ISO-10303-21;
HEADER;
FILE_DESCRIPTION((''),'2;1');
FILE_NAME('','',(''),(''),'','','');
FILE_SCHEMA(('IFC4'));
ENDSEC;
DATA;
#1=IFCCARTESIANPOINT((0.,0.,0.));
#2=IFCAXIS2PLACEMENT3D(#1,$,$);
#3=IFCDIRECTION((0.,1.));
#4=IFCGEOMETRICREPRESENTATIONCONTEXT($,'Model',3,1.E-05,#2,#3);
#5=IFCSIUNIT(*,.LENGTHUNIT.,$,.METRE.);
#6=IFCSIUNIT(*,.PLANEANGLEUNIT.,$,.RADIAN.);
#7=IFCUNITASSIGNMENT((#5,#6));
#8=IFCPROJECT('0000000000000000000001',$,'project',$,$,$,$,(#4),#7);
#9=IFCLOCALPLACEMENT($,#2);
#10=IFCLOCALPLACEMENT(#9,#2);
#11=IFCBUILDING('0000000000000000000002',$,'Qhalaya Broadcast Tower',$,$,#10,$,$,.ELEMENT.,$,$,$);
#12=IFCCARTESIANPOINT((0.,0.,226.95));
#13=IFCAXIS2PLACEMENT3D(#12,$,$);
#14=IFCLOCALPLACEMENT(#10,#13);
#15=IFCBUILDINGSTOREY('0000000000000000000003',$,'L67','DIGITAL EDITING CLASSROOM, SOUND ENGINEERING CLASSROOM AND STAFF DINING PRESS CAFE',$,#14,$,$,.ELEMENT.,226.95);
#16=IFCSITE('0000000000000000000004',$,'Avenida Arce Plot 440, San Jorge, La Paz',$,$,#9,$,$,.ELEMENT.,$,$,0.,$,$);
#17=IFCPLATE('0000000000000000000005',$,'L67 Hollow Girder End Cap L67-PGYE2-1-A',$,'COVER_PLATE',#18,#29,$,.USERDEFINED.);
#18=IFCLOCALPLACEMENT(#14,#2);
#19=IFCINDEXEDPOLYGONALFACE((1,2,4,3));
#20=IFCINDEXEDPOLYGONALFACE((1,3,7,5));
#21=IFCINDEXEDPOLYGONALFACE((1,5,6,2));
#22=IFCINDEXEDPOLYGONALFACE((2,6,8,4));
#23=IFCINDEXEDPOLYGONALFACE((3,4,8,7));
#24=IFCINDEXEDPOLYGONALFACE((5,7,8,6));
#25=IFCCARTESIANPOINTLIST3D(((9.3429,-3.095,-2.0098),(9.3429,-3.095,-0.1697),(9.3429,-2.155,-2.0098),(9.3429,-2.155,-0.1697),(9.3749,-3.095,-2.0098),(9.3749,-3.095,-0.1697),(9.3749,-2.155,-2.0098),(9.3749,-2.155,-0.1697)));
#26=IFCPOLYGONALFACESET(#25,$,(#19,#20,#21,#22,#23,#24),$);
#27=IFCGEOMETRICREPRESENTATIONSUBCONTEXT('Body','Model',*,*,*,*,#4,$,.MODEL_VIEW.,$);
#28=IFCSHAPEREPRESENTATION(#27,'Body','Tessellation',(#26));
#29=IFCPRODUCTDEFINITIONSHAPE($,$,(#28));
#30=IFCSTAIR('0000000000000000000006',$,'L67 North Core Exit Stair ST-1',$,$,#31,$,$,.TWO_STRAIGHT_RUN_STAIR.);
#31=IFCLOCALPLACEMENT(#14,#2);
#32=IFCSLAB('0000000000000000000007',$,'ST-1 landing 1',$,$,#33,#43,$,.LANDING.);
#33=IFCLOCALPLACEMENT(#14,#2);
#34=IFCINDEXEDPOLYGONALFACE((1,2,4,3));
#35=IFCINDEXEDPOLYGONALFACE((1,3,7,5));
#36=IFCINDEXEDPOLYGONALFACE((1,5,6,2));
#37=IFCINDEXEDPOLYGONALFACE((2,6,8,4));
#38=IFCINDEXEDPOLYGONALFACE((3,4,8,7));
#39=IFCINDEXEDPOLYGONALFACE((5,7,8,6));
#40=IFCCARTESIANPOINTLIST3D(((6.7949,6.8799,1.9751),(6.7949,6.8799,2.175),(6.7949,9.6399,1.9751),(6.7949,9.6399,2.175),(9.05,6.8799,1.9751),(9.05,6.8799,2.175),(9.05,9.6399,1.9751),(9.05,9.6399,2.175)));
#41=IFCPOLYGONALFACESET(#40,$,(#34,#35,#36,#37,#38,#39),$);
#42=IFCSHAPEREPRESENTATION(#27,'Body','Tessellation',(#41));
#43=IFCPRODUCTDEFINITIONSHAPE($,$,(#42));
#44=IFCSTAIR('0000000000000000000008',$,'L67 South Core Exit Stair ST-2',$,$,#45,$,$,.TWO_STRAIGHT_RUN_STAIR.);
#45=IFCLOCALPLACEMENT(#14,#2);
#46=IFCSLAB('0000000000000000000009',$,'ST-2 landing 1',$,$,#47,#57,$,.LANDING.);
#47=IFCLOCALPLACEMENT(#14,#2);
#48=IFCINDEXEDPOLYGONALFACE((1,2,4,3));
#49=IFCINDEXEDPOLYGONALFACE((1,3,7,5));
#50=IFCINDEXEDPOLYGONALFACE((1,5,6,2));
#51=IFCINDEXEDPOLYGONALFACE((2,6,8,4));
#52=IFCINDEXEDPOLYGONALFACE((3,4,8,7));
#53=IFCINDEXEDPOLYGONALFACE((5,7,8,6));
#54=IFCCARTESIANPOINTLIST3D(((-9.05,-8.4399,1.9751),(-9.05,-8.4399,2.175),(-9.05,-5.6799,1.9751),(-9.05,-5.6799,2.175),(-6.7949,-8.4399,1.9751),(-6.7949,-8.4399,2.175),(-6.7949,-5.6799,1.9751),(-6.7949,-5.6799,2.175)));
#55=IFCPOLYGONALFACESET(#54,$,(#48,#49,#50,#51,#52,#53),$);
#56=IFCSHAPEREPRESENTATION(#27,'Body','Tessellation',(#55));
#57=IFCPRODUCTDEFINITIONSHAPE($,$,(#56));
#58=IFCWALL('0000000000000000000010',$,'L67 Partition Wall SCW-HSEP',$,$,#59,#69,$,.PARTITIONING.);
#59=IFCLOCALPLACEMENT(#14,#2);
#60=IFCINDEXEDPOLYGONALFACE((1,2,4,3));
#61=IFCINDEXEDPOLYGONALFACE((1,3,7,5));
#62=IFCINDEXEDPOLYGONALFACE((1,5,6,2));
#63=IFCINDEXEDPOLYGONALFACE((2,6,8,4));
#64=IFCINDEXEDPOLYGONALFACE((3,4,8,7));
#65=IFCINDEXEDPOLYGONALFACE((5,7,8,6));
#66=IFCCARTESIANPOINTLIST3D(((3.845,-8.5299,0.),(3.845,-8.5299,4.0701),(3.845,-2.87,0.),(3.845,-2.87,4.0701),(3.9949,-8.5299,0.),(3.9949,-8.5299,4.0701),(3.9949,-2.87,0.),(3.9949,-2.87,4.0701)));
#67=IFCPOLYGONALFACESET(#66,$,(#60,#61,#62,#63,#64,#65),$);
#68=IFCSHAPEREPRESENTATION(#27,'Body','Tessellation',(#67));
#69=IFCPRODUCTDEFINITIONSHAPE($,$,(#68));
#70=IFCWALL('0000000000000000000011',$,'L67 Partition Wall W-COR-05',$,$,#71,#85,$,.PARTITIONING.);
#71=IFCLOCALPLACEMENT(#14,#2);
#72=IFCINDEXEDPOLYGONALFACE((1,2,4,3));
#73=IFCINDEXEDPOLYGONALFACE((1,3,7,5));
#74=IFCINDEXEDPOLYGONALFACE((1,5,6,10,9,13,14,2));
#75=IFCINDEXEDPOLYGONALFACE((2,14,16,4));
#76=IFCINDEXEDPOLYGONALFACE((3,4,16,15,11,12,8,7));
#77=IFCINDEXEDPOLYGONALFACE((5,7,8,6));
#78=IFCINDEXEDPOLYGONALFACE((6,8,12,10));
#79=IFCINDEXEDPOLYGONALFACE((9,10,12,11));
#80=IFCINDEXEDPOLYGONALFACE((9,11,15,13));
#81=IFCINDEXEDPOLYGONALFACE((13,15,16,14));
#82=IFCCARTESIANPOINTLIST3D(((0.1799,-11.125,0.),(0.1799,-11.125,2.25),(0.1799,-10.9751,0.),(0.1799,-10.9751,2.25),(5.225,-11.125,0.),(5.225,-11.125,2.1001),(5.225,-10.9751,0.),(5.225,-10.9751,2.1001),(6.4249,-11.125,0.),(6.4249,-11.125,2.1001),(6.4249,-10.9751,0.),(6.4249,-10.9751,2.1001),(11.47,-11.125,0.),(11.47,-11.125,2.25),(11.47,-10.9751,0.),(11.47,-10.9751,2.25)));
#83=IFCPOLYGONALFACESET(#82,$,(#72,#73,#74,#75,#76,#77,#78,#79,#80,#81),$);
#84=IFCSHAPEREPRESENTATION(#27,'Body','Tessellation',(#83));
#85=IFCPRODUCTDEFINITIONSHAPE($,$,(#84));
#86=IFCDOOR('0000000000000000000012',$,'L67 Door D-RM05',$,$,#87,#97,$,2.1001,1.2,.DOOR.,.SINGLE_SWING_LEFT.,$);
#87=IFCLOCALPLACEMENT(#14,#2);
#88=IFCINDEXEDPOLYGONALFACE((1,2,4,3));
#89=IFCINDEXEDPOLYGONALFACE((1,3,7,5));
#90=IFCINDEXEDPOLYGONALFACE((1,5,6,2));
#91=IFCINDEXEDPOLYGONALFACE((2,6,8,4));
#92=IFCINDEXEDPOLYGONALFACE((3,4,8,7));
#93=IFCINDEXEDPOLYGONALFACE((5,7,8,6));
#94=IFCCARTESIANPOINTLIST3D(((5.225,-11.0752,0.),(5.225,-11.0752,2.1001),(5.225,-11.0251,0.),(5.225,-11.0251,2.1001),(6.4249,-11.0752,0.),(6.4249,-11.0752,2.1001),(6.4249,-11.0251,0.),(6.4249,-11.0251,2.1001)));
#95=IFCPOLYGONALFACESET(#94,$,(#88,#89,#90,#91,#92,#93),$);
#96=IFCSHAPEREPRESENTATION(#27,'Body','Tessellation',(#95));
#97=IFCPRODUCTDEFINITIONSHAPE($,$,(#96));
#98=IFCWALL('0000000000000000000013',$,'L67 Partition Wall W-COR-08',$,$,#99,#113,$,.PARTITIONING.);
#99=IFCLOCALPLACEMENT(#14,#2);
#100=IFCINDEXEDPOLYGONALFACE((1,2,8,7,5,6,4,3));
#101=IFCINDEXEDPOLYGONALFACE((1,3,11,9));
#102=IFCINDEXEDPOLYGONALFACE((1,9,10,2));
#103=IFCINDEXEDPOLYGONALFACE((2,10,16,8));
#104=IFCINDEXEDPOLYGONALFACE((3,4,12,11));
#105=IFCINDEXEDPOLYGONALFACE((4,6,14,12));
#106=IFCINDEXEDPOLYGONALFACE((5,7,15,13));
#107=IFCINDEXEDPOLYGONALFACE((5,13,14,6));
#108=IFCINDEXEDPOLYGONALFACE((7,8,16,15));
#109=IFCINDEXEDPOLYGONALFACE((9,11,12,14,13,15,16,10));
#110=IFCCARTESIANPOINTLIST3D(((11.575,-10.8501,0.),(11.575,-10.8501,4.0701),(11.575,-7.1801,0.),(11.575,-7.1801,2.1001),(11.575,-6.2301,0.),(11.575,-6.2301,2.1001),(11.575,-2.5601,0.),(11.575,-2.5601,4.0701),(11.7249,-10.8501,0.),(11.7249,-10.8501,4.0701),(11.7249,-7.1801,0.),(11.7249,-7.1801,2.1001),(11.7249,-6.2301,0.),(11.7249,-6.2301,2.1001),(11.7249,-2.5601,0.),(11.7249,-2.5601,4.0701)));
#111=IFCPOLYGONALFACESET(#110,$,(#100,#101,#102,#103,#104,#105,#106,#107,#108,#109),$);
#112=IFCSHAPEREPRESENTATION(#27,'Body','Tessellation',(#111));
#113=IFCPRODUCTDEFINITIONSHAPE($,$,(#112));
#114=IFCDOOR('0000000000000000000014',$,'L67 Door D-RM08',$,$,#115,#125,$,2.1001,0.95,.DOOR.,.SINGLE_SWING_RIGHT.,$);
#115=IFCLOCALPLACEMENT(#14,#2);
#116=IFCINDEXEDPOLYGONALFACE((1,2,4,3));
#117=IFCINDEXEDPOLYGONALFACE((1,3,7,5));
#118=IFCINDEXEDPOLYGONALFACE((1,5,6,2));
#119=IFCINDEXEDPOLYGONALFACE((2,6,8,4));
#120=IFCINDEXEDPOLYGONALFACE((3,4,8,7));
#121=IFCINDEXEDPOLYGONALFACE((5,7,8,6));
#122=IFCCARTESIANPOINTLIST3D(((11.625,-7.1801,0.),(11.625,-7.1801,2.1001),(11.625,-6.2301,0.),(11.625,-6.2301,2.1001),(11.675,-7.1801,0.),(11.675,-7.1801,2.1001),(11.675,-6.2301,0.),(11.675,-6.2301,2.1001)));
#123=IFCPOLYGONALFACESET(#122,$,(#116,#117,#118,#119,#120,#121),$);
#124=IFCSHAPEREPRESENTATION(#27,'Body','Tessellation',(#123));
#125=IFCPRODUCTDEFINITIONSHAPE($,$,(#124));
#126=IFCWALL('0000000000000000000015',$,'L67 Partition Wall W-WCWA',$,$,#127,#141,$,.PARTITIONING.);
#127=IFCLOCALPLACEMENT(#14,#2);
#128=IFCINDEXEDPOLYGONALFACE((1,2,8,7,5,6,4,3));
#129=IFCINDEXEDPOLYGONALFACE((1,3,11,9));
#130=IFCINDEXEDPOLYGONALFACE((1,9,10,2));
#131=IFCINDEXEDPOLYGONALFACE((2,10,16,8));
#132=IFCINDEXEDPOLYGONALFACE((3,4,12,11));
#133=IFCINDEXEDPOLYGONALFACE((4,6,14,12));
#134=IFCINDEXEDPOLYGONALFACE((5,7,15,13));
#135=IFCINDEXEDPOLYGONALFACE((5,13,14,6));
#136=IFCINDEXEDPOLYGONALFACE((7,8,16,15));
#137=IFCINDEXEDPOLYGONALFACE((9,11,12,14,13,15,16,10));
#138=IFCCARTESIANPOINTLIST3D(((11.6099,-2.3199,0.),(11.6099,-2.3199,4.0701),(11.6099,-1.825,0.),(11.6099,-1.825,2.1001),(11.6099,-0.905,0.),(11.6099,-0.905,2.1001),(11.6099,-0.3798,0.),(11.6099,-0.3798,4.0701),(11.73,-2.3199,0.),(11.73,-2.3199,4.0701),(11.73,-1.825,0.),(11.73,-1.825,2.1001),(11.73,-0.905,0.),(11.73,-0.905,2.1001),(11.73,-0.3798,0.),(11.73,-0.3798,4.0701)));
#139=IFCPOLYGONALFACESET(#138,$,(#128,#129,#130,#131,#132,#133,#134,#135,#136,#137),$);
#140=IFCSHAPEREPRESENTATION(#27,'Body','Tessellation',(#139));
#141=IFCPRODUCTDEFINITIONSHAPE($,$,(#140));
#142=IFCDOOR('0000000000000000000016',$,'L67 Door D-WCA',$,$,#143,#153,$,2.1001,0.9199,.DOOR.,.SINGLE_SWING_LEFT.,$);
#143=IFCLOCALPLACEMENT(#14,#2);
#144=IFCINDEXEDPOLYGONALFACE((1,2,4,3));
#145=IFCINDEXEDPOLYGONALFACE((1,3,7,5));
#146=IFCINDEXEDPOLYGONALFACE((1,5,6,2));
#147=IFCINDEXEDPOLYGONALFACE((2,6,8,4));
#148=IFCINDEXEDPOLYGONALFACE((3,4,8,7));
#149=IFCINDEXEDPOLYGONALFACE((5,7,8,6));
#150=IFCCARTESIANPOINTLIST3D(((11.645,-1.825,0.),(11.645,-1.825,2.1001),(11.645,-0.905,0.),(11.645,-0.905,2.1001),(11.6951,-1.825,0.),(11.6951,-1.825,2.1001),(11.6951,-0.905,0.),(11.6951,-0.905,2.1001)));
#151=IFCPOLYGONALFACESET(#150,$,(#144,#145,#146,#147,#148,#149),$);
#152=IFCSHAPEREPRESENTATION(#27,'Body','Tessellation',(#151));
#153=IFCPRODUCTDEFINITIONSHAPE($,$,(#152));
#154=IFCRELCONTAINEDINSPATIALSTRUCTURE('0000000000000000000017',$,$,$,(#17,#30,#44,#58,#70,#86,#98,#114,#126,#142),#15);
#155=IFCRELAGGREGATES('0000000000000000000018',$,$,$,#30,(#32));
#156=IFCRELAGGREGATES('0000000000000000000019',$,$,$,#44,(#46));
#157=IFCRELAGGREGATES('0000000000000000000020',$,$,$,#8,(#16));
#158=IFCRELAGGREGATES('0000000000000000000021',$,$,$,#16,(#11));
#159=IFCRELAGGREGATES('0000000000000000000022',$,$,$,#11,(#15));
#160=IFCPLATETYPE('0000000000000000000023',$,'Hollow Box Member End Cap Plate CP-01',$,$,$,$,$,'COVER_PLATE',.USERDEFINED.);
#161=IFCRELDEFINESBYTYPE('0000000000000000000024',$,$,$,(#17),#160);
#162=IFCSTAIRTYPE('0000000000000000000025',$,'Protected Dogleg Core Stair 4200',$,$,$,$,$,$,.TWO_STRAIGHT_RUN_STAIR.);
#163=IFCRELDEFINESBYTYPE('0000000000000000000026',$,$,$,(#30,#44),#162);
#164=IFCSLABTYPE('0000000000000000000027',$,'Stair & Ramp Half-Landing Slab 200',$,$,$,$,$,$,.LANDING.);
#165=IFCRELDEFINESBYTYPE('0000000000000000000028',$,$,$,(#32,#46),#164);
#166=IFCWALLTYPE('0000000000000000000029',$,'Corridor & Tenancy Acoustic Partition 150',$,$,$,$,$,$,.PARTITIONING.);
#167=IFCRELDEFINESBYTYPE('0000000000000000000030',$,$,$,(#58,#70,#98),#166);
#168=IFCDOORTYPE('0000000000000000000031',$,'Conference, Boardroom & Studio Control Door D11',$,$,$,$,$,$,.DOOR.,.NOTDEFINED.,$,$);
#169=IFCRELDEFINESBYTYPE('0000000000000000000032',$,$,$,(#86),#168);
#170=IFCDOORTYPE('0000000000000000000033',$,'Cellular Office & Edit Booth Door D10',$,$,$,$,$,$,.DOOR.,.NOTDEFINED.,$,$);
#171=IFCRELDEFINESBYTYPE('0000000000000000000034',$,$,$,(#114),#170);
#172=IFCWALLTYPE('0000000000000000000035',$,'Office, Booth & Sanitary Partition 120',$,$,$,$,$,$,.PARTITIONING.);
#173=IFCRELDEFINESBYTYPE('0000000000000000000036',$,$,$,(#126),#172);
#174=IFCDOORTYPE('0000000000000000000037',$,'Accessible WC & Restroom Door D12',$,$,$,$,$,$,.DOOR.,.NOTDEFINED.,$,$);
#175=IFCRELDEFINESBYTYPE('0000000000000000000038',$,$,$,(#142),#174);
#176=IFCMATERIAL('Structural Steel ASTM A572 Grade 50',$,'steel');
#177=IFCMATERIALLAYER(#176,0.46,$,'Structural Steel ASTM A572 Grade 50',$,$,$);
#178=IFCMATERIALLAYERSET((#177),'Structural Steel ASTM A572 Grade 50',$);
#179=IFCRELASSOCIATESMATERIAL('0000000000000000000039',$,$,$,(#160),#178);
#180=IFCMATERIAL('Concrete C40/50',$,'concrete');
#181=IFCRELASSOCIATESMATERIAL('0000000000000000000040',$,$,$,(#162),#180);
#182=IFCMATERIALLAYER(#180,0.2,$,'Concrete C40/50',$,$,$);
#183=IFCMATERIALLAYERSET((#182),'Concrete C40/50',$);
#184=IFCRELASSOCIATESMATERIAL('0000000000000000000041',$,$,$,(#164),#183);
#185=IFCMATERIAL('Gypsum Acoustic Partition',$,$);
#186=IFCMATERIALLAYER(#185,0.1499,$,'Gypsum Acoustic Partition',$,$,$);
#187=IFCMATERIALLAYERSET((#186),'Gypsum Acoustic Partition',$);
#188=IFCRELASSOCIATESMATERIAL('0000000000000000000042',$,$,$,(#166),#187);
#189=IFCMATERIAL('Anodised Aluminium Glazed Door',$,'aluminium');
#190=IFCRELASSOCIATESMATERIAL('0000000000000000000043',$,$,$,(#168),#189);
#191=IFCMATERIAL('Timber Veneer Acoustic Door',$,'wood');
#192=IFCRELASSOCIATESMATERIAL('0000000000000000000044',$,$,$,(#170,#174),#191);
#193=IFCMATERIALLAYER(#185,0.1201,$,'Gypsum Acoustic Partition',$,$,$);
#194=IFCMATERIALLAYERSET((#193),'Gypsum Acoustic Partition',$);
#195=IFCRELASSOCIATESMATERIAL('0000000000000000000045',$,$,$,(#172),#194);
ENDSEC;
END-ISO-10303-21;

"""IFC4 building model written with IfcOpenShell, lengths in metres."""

from ifc_helpers import new_model, si_unit, direction, frame, frame_2d, origin, origin_2d, place, context, subcontext, project, spatial, polyline, rectangle, outline, extrude, material, layer, layer_set, type_object, element, fill, aggregate, save


model = new_model("IFC4")

# Units and contexts
model_context = context("Model", 3, precision=1e-05, world=origin(), true_north=direction((0.0, 1.0)))
body_context = subcontext(model_context, "Body", "Model", "MODEL_VIEW")
ifc_project = project(units=[si_unit("LENGTHUNIT", "METRE"), si_unit("PLANEANGLEUNIT", "RADIAN")], contexts=[model_context])

# Site, building, storey
site_placement = place(None, origin())
site = spatial("IfcSite", under=ifc_project, at=site_placement, Name="Avenida Arce Plot 440, San Jorge, La Paz", CompositionType="ELEMENT", RefElevation=0.0)
building_placement = place(site_placement, origin())
building = spatial("IfcBuilding", under=site, at=building_placement, Name="Qhalaya Broadcast Tower", CompositionType="ELEMENT")
storey_placement = place(building_placement, frame((0.0, 0.0, 226.95)))
storey = spatial("IfcBuildingStorey", under=building, at=storey_placement, Name="L67", Description="DIGITAL EDITING CLASSROOM, SOUND ENGINEERING CLASSROOM AND STAFF DINING PRESS CAFE", CompositionType="ELEMENT", Elevation=226.95)

# Shared definitions
ifc_material_1 = material(Name="Structural Steel ASTM A572 Grade 50", Category="steel")

# Plate
ifc_layer_1 = layer(ifc_material_1, 0.46, Name="Structural Steel ASTM A572 Grade 50")
ifc_layer_set_1 = layer_set([ifc_layer_1], Name="Structural Steel ASTM A572 Grade 50")
plate_type = type_object("IfcPlateType", Name="Hollow Box Member End Cap Plate CP-01", ElementType="COVER_PLATE", PredefinedType="USERDEFINED", material=ifc_layer_set_1)
for number, where, z_axis, x_axis, name in (
    (1, (9.3589, -2.625, -2.0098), (0.0, 0.0, 1.0), (0.0, 1.0, 0.0), "L67 Hollow Girder End Cap L67-PGYE2-1-A"),
):
    element("IfcPlate", number, at=place(storey_placement, frame(where, z_axis=z_axis, x_axis=x_axis)), inside=storey, type_object=plate_type, Name=name, ObjectType="COVER_PLATE", PredefinedType="USERDEFINED", context=body_context, shape_type="SweptSolid", body=[
        extrude(rectangle(XDim=0.9399, YDim=0.032, at=origin_2d()), origin(), (0.0, 0.0, 1.0), 1.8401),
    ])

# Stairs, slabs
ifc_material_2 = material(Name="Concrete C40/50", Category="concrete")
stair_type = type_object("IfcStairType", Name="Protected Dogleg Core Stair 4200", PredefinedType="TWO_STRAIGHT_RUN_STAIR", material=ifc_material_2)
stair_1_placement = place(storey_placement, origin())
stair_1 = element("IfcStair", 2, at=stair_1_placement, inside=storey, type_object=stair_type, Name="L67 North Core Exit Stair ST-1", PredefinedType="TWO_STRAIGHT_RUN_STAIR")
ifc_layer_2 = layer(ifc_material_2, 0.2, Name="Concrete C40/50")
ifc_layer_set_2 = layer_set([ifc_layer_2], Name="Concrete C40/50")
slab_type = type_object("IfcSlabType", Name="Stair & Ramp Half-Landing Slab 200", PredefinedType="LANDING", material=ifc_layer_set_2)
slab_1_placement = place(storey_placement, frame((0.0, 0.0, 1.9751)))
slab_1 = element("IfcSlab", 3, at=slab_1_placement, type_object=slab_type, Name="ST-1 landing 1", PredefinedType="LANDING", context=body_context, shape_type="SweptSolid", body=[
    extrude(outline(polyline([(6.7949, 6.8799), (9.05, 6.8799), (9.05, 9.6399), (6.7949, 9.6399), (6.7949, 6.8799)])), origin(), (0.0, 0.0, 1.0), 0.2),
])
aggregate(stair_1, [slab_1])
stair_2_placement = place(storey_placement, origin())
stair_2 = element("IfcStair", 4, at=stair_2_placement, inside=storey, type_object=stair_type, Name="L67 South Core Exit Stair ST-2", PredefinedType="TWO_STRAIGHT_RUN_STAIR")
slab_2_placement = place(storey_placement, frame((0.0, 0.0, 1.9751)))
slab_2 = element("IfcSlab", 5, at=slab_2_placement, type_object=slab_type, Name="ST-2 landing 1", PredefinedType="LANDING", context=body_context, shape_type="SweptSolid", body=[
    extrude(outline(polyline([(-6.7949, -5.6799), (-9.05, -5.6799), (-9.05, -8.4399), (-6.7949, -8.4399), (-6.7949, -5.6799)])), origin(), (0.0, 0.0, 1.0), 0.2),
])
aggregate(stair_2, [slab_2])

# Wall
ifc_material_3 = material(Name="Gypsum Acoustic Partition")
ifc_layer_3 = layer(ifc_material_3, 0.1499, Name="Gypsum Acoustic Partition")
ifc_layer_set_3 = layer_set([ifc_layer_3], Name="Gypsum Acoustic Partition")
wall_type_1 = type_object("IfcWallType", Name="Corridor & Tenancy Acoustic Partition 150", PredefinedType="PARTITIONING", material=ifc_layer_set_3)
wall_1_placement = place(storey_placement, frame((3.9199, -8.53, 0.0), z_axis=(0.0, 0.0, 1.0), x_axis=(0.0, 1.0, 0.0)))
element("IfcWall", 6, at=wall_1_placement, inside=storey, type_object=wall_type_1, Name="L67 Partition Wall SCW-HSEP", PredefinedType="PARTITIONING", context=body_context, shape_type="SweptSolid", body=[
    extrude(rectangle(XDim=5.6599, YDim=0.1499, at=frame_2d((2.8301, 0.0))), origin(), (0.0, 0.0, 1.0), 4.0701),
])

# Walls, openings, doors
wall_2_placement = place(storey_placement, frame((0.1799, -11.05, 0.0), z_axis=(0.0, 0.0, 1.0), x_axis=(1.0, 0.0, 0.0)))
wall_2 = element("IfcWall", 7, at=wall_2_placement, inside=storey, type_object=wall_type_1, Name="L67 Partition Wall W-COR-05", PredefinedType="PARTITIONING", context=body_context, shape_type="SweptSolid", body=[
    extrude(rectangle(XDim=11.29, YDim=0.1499, at=frame_2d((5.645, 0.0))), origin(), (0.0, 0.0, 1.0), 2.25),
])
opening_1_placement = place(wall_2_placement, frame((5.0449, 0.0, 0.0)))
opening_1 = element("IfcOpeningElement", 8, at=opening_1_placement, cuts=wall_2, PredefinedType="OPENING", context=body_context, shape_type="SweptSolid", body=[
    extrude(rectangle(XDim=1.2, YDim=2.1001, at=frame_2d((0.6001, 1.05))), frame((0.0, 0.0869, 0.0), z_axis=(0.0, -1.0, 0.0), x_axis=(1.0, 0.0, 0.0)), (0.0, 0.0, 1.0), 0.1738),
])
ifc_material_4 = material(Name="Anodised Aluminium Glazed Door", Category="aluminium")
door_type_1 = type_object("IfcDoorType", Name="Conference, Boardroom & Studio Control Door D11", OperationType="NOTDEFINED", PredefinedType="DOOR", material=ifc_material_4)
door_1_placement = place(opening_1_placement, origin())
door_1 = element("IfcDoor", 9, at=door_1_placement, inside=storey, type_object=door_type_1, Name="L67 Door D-RM05", OperationType="SINGLE_SWING_LEFT", OverallHeight=2.1001, OverallWidth=1.2, PredefinedType="DOOR", context=body_context, shape_type="SweptSolid", body=[
    extrude(rectangle(XDim=1.2, YDim=2.1001, at=frame_2d((0.6001, 1.05))), frame((0.0, 0.0249, 0.0), z_axis=(0.0, -1.0, 0.0), x_axis=(1.0, 0.0, 0.0)), (0.0, 0.0, 1.0), 0.05),
])
fill(opening_1, door_1)
wall_3_placement = place(storey_placement, frame((11.6499, -10.8501, 0.0), z_axis=(0.0, 0.0, 1.0), x_axis=(0.0, 1.0, 0.0)))
wall_3 = element("IfcWall", 10, at=wall_3_placement, inside=storey, type_object=wall_type_1, Name="L67 Partition Wall W-COR-08", PredefinedType="PARTITIONING", context=body_context, shape_type="SweptSolid", body=[
    extrude(rectangle(XDim=8.29, YDim=0.1499, at=frame_2d((4.145, 0.0))), origin(), (0.0, 0.0, 1.0), 4.0701),
])
opening_2_placement = place(wall_3_placement, frame((3.6699, 0.0, 0.0)))
opening_2 = element("IfcOpeningElement", 11, at=opening_2_placement, cuts=wall_3, PredefinedType="OPENING", context=body_context, shape_type="SweptSolid", body=[
    extrude(rectangle(XDim=0.95, YDim=2.1001, at=frame_2d((0.4751, 1.05))), frame((0.0, 0.0869, 0.0), z_axis=(0.0, -1.0, 0.0), x_axis=(1.0, 0.0, 0.0)), (0.0, 0.0, 1.0), 0.1738),
])
ifc_material_5 = material(Name="Timber Veneer Acoustic Door", Category="wood")
door_type_2 = type_object("IfcDoorType", Name="Cellular Office & Edit Booth Door D10", OperationType="NOTDEFINED", PredefinedType="DOOR", material=ifc_material_5)
door_2_placement = place(opening_2_placement, origin())
door_2 = element("IfcDoor", 12, at=door_2_placement, inside=storey, type_object=door_type_2, Name="L67 Door D-RM08", OperationType="SINGLE_SWING_RIGHT", OverallHeight=2.1001, OverallWidth=0.95, PredefinedType="DOOR", context=body_context, shape_type="SweptSolid", body=[
    extrude(rectangle(XDim=0.95, YDim=2.1001, at=frame_2d((0.4751, 1.05))), frame((0.0, 0.0249, 0.0), z_axis=(0.0, -1.0, 0.0), x_axis=(1.0, 0.0, 0.0)), (0.0, 0.0, 1.0), 0.05),
])
fill(opening_2, door_2)

# Shared definitions
ifc_layer_4 = layer(ifc_material_3, 0.1201, Name="Gypsum Acoustic Partition")
ifc_layer_set_4 = layer_set([ifc_layer_4], Name="Gypsum Acoustic Partition")
wall_type_2 = type_object("IfcWallType", Name="Office, Booth & Sanitary Partition 120", PredefinedType="PARTITIONING", material=ifc_layer_set_4)

# Wall, opening, door
wall_4_placement = place(storey_placement, frame((11.6699, -2.3201, 0.0), z_axis=(0.0, 0.0, 1.0), x_axis=(0.0, 1.0, 0.0)))
wall_4 = element("IfcWall", 13, at=wall_4_placement, inside=storey, type_object=wall_type_2, Name="L67 Partition Wall W-WCWA", PredefinedType="PARTITIONING", context=body_context, shape_type="SweptSolid", body=[
    extrude(rectangle(XDim=1.9402, YDim=0.1201, at=frame_2d((0.9702, 0.0))), origin(), (0.0, 0.0, 1.0), 4.0701),
])
opening_3_placement = place(wall_4_placement, frame((0.4951, 0.0, 0.0)))
opening_3 = element("IfcOpeningElement", 14, at=opening_3_placement, cuts=wall_4, PredefinedType="OPENING", context=body_context, shape_type="SweptSolid", body=[
    extrude(rectangle(XDim=0.9199, YDim=2.1001, at=frame_2d((0.46, 1.05))), frame((0.0, 0.072, 0.0), z_axis=(0.0, -1.0, 0.0), x_axis=(1.0, 0.0, 0.0)), (0.0, 0.0, 1.0), 0.144),
])
door_type_3 = type_object("IfcDoorType", Name="Accessible WC & Restroom Door D12", OperationType="NOTDEFINED", PredefinedType="DOOR", material=ifc_material_5)
door_3_placement = place(opening_3_placement, origin())
door_3 = element("IfcDoor", 15, at=door_3_placement, inside=storey, type_object=door_type_3, Name="L67 Door D-WCA", OperationType="SINGLE_SWING_LEFT", OverallHeight=2.1001, OverallWidth=0.9199, PredefinedType="DOOR", context=body_context, shape_type="SweptSolid", body=[
    extrude(rectangle(XDim=0.9199, YDim=2.1001, at=frame_2d((0.46, 1.05))), frame((0.0, 0.0249, 0.0), z_axis=(0.0, -1.0, 0.0), x_axis=(1.0, 0.0, 0.0)), (0.0, 0.0, 1.0), 0.05),
])
fill(opening_3, door_3)

save(model, "model.ifc")
